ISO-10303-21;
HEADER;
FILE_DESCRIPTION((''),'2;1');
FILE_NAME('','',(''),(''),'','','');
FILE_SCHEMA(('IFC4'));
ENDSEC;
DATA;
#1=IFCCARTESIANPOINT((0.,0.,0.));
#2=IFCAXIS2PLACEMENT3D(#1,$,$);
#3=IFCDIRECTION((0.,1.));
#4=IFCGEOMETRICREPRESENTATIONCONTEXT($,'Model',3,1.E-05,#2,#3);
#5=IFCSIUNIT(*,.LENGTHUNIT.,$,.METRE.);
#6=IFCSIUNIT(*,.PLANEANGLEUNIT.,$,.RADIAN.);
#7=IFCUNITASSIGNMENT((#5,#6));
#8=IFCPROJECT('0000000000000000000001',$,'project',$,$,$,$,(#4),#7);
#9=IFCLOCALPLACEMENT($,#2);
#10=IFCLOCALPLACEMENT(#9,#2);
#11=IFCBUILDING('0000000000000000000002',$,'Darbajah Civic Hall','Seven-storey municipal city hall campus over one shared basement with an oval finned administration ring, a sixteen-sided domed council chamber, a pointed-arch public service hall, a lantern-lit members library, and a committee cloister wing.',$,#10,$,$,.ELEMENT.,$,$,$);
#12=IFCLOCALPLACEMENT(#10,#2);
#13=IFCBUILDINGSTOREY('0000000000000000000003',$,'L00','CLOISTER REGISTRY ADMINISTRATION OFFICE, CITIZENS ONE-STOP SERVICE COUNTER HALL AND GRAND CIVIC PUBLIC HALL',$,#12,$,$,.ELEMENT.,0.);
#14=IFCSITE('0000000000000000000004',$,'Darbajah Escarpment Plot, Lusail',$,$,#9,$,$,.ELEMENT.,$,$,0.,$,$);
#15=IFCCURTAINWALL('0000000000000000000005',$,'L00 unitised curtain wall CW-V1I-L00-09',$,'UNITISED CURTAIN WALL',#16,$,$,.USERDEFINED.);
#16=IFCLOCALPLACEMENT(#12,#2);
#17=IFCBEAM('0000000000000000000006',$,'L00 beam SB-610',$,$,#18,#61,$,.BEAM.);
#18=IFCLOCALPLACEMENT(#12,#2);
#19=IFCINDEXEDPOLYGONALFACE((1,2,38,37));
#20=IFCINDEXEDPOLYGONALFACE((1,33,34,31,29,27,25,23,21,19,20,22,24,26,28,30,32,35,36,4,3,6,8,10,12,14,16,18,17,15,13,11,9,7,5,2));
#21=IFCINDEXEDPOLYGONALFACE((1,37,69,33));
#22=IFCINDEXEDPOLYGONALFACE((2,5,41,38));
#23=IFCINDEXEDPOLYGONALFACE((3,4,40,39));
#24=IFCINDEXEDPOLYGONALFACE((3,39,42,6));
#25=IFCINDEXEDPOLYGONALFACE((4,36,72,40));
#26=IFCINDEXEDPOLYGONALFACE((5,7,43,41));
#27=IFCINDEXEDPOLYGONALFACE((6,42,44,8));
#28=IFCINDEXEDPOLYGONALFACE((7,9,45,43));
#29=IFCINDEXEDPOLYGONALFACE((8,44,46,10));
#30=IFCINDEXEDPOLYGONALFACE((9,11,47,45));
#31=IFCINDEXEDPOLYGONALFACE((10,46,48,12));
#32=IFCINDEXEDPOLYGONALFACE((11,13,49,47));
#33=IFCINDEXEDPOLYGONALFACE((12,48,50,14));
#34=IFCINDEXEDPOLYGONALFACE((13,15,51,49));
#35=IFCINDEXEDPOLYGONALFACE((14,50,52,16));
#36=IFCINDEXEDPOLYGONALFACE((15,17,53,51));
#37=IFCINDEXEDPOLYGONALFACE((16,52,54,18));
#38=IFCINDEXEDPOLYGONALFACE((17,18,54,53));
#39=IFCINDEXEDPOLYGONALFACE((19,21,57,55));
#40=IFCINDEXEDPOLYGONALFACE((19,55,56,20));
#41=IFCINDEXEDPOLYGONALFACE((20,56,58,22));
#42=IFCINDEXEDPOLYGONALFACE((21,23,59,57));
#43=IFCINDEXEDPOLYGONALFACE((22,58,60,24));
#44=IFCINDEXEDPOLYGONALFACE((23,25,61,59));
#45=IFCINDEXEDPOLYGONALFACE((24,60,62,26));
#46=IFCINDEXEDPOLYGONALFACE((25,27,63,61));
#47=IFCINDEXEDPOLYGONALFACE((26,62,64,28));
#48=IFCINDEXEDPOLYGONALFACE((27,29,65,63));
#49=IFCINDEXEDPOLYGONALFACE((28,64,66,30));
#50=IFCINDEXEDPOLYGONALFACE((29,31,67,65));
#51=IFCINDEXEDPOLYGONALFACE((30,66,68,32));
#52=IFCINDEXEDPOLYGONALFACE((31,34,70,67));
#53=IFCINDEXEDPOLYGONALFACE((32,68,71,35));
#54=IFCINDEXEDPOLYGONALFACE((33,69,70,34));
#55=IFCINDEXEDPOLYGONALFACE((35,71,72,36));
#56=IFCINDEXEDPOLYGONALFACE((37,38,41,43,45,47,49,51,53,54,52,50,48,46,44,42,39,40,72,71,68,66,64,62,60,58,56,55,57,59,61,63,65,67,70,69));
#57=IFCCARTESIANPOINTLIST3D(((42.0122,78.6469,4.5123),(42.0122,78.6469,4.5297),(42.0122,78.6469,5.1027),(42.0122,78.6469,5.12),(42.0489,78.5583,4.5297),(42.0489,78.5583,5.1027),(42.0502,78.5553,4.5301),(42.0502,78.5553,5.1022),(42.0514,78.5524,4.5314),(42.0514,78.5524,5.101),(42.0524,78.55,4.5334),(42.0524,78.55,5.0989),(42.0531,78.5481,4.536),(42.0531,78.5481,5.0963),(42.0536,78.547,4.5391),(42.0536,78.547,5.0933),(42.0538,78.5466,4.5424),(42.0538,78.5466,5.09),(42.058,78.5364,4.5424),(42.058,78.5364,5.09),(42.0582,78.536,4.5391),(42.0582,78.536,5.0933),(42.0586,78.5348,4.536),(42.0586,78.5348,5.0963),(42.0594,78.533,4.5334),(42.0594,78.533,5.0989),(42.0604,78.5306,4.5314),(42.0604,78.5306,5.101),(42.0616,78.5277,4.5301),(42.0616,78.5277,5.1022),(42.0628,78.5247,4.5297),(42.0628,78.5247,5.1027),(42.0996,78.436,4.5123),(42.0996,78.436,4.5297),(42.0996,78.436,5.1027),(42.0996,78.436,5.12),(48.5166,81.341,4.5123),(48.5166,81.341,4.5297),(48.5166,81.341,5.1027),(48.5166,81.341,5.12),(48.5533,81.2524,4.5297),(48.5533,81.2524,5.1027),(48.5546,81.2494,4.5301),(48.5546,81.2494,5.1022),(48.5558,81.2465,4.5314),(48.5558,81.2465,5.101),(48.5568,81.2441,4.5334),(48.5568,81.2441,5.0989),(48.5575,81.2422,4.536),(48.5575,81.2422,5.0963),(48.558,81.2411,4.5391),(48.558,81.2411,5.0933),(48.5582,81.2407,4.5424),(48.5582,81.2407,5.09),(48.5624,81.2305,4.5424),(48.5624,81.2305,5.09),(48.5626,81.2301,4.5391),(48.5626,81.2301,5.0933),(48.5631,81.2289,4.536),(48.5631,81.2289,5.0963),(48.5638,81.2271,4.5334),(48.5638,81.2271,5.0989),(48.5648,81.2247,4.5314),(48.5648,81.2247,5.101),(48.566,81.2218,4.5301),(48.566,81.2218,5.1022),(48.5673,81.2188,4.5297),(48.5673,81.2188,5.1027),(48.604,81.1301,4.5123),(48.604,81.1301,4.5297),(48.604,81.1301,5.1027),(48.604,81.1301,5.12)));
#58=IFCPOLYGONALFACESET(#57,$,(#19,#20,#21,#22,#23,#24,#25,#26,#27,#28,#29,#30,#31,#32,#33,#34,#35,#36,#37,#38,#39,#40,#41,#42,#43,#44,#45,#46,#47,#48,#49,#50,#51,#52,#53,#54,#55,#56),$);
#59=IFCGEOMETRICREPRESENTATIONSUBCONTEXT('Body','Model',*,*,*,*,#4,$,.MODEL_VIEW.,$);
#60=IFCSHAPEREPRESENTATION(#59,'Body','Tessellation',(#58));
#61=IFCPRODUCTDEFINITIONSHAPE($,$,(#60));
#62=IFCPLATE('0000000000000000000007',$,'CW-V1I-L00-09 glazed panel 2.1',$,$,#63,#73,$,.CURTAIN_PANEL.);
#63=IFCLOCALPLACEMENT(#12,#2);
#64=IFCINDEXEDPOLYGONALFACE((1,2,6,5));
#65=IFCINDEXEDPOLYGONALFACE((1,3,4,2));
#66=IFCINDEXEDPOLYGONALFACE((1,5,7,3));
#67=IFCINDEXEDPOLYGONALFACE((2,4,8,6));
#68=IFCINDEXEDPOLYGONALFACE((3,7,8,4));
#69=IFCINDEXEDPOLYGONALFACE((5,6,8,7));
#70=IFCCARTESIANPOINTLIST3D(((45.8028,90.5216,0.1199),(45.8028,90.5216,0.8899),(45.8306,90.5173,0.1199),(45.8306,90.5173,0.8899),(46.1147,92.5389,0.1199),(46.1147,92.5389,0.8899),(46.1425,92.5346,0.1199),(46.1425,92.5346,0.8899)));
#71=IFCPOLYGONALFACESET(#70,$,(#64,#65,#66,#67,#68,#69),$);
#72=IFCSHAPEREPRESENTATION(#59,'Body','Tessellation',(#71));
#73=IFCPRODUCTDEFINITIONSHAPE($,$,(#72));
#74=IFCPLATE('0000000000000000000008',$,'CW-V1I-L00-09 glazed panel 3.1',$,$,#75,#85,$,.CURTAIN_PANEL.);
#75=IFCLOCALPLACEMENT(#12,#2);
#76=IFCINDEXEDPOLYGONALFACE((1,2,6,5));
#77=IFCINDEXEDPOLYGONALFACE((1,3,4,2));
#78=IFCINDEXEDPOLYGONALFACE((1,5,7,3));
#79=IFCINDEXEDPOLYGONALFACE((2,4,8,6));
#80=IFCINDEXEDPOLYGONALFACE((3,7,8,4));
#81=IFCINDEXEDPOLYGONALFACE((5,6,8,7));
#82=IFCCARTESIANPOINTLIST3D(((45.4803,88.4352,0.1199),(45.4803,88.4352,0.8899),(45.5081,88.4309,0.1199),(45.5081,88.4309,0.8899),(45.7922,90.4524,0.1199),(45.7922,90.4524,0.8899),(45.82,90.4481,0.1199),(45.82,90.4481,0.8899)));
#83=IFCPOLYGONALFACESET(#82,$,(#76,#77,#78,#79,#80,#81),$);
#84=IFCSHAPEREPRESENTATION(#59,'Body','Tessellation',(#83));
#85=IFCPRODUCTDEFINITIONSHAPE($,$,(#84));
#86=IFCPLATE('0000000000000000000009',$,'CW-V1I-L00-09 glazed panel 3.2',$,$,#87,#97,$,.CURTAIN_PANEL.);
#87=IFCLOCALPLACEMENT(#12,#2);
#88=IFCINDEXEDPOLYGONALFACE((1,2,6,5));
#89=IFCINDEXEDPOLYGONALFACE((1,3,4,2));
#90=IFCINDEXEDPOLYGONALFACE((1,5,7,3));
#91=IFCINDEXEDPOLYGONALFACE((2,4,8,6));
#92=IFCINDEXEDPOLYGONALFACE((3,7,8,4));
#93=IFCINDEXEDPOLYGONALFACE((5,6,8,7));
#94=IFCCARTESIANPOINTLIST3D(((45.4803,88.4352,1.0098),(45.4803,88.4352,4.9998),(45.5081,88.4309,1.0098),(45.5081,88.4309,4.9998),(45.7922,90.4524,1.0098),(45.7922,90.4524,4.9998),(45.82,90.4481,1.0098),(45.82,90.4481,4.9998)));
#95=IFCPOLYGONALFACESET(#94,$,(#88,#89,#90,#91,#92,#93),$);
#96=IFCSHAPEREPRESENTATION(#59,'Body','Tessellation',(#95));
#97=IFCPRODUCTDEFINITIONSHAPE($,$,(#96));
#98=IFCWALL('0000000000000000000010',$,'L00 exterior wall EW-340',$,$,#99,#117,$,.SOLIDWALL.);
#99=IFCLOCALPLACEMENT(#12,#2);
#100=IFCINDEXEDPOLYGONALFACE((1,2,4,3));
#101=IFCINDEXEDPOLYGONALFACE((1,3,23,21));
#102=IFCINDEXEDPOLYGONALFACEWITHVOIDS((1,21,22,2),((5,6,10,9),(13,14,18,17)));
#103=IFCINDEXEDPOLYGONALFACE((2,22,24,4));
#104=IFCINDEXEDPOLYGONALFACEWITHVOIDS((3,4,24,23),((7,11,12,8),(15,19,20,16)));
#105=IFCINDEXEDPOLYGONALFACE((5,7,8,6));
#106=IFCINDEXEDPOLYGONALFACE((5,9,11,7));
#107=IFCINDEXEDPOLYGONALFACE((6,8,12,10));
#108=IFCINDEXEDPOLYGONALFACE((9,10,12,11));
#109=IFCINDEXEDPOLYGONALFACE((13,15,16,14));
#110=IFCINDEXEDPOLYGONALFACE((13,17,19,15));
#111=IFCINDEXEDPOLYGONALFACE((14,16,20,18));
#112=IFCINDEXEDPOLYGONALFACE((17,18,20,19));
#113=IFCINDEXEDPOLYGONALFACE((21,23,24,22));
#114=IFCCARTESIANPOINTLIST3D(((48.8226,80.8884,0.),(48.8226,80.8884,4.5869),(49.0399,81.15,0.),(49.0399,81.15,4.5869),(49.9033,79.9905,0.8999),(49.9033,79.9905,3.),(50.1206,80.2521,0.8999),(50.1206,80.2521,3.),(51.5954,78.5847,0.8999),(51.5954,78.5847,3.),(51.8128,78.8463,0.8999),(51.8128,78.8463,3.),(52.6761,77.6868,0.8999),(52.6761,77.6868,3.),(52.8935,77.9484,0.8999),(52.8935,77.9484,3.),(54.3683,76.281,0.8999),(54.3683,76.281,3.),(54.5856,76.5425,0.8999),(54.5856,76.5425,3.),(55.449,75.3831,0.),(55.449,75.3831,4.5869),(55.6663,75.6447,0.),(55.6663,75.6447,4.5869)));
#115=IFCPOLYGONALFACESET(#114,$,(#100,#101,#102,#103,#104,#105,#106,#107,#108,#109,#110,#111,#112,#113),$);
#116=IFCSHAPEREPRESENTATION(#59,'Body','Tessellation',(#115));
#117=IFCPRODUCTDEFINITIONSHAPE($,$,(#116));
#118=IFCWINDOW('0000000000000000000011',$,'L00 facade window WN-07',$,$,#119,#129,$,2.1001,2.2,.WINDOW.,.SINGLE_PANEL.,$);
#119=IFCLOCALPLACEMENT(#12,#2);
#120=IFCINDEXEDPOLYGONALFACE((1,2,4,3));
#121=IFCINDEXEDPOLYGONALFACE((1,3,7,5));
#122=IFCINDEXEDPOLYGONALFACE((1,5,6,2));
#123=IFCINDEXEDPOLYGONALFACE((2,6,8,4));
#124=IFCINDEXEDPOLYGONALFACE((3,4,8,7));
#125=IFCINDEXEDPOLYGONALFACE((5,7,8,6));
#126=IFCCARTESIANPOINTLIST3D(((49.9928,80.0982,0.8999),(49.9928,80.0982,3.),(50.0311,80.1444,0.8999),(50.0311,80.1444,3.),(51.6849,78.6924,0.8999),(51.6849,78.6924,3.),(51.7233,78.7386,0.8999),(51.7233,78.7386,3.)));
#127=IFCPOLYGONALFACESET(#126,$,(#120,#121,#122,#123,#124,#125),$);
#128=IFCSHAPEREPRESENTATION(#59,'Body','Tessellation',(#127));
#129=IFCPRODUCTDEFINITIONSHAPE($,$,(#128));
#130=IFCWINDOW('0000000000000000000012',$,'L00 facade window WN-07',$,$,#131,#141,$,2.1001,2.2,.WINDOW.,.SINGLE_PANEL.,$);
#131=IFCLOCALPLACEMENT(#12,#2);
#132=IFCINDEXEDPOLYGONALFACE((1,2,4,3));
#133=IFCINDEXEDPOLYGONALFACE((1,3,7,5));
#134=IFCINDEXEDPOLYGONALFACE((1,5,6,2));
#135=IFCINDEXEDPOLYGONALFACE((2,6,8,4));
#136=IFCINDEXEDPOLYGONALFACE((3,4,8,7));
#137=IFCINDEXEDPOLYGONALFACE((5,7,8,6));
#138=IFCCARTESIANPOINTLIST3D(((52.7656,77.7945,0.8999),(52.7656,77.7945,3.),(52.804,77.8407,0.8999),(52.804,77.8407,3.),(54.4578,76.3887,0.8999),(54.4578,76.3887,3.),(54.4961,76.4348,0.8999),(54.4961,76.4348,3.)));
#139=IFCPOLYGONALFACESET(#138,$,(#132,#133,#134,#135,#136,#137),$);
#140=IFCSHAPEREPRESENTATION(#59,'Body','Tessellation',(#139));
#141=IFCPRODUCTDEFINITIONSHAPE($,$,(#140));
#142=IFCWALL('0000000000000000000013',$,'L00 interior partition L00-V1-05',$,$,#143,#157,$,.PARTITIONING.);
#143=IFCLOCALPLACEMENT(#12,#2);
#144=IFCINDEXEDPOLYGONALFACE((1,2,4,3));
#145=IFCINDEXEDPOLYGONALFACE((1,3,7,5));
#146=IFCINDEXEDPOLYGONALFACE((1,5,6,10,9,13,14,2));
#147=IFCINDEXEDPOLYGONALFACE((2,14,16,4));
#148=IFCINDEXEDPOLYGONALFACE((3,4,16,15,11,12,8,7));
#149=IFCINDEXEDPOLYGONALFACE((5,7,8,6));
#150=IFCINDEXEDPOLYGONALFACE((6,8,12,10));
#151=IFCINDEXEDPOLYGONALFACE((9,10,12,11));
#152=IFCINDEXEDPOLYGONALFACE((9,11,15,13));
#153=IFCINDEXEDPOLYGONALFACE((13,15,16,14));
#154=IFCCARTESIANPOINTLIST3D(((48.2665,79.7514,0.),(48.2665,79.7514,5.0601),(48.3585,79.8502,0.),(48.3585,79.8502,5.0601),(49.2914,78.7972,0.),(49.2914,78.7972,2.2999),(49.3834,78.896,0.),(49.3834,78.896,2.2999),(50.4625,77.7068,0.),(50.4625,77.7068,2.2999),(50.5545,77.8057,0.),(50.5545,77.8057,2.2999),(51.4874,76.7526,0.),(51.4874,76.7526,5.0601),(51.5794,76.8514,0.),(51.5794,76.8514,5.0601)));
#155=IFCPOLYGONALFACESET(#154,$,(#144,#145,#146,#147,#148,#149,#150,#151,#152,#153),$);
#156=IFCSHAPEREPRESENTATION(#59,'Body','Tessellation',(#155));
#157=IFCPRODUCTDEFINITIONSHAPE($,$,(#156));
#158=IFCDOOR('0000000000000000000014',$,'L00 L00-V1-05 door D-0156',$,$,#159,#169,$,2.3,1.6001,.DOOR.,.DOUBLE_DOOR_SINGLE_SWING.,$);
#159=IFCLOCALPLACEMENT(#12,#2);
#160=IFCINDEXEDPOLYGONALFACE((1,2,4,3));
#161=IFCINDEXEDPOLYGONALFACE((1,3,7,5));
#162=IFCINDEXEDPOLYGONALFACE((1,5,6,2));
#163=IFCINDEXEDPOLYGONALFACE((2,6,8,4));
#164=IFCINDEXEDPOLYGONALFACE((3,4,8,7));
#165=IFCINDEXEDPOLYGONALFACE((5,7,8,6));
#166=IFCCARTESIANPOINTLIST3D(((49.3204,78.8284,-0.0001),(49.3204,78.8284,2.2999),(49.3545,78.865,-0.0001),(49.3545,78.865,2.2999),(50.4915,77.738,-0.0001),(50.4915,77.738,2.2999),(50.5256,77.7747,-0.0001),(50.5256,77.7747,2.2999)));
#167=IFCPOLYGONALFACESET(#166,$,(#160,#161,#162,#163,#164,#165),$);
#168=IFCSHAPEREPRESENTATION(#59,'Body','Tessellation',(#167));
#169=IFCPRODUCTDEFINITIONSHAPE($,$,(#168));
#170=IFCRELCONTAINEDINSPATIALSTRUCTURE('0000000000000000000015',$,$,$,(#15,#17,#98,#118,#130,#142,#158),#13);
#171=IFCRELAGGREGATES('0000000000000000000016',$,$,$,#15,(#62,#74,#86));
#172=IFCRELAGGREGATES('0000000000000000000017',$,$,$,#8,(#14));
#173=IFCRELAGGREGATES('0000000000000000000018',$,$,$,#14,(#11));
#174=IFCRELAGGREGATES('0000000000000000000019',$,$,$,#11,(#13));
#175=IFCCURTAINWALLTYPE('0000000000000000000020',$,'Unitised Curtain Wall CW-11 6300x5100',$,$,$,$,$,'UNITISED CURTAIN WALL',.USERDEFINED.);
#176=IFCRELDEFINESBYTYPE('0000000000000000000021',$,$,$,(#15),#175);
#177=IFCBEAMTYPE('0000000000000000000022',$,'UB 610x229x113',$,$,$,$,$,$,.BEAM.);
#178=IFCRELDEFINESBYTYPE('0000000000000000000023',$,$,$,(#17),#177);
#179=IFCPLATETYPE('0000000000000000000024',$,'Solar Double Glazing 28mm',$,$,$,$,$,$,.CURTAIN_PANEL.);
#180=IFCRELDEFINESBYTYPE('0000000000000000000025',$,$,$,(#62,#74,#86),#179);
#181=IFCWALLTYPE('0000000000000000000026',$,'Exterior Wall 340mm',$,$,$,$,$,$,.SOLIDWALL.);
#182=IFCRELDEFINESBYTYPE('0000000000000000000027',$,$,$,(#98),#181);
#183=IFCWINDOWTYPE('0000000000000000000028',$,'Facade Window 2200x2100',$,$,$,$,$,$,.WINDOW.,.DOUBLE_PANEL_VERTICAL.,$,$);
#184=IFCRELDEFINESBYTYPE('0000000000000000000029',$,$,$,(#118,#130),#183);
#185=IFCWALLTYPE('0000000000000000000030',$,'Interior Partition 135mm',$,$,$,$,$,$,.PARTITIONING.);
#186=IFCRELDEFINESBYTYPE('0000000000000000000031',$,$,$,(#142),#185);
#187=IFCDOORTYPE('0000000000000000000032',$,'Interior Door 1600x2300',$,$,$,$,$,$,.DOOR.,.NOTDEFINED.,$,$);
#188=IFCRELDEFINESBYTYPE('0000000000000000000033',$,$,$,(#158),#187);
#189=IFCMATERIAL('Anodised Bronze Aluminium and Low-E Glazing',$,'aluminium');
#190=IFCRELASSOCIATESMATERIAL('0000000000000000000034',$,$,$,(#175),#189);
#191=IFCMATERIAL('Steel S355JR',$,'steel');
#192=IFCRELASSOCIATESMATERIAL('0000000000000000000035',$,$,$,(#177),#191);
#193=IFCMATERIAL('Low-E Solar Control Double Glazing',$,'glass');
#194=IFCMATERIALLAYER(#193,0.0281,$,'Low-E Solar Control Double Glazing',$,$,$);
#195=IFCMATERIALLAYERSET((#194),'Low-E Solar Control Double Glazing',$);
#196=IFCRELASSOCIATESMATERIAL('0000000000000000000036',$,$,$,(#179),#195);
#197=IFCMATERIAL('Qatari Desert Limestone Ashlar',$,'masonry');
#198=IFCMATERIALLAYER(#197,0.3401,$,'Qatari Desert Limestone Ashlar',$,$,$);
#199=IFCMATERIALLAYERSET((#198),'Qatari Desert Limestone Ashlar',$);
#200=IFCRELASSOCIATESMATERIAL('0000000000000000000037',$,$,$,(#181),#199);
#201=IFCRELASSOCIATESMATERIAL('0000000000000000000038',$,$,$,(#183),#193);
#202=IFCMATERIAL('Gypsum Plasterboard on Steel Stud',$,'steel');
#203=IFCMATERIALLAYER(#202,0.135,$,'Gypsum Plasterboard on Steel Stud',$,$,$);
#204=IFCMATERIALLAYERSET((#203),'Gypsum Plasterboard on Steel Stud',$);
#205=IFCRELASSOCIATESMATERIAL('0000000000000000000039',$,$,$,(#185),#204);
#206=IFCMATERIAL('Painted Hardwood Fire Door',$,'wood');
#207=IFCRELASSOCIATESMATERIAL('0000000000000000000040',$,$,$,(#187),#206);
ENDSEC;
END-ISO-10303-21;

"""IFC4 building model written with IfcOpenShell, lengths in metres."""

from ifc_helpers import new_model, si_unit, direction, frame, frame_2d, origin, origin_2d, place, context, subcontext, project, spatial, rectangle, i_section, extrude, material, layer, layer_set, material_profile, profile_set, type_object, element, fill, aggregate, save


model = new_model("IFC4")

# Units and contexts
model_context = context("Model", 3, precision=1e-05, world=origin(), true_north=direction((0.0, 1.0)))
body_context = subcontext(model_context, "Body", "Model", "MODEL_VIEW")
ifc_project = project(units=[si_unit("LENGTHUNIT", "METRE"), si_unit("PLANEANGLEUNIT", "RADIAN")], contexts=[model_context])

# Site, building, storey
site_placement = place(None, origin())
site = spatial("IfcSite", under=ifc_project, at=site_placement, Name="Darbajah Escarpment Plot, Lusail", CompositionType="ELEMENT", RefElevation=0.0)
building_placement = place(site_placement, origin())
building = spatial("IfcBuilding", under=site, at=building_placement, Name="Darbajah Civic Hall", Description="Seven-storey municipal city hall campus over one shared basement with an oval finned administration ring, a sixteen-sided domed council chamber, a pointed-arch public service hall, a lantern-lit members library, and a committee cloister wing.", CompositionType="ELEMENT")
storey_placement = place(building_placement, origin())
storey = spatial("IfcBuildingStorey", under=building, at=storey_placement, Name="L00", Description="CLOISTER REGISTRY ADMINISTRATION OFFICE, CITIZENS ONE-STOP SERVICE COUNTER HALL AND GRAND CIVIC PUBLIC HALL", CompositionType="ELEMENT", Elevation=0.0)

# Curtain wall
ifc_material_1 = material(Name="Anodised Bronze Aluminium and Low-E Glazing", Category="aluminium")
curtain_wall_type = type_object("IfcCurtainWallType", Name="Unitised Curtain Wall CW-11 6300x5100", ElementType="UNITISED CURTAIN WALL", PredefinedType="USERDEFINED", material=ifc_material_1)
curtain_wall_placement = place(storey_placement, origin())
curtain_wall = element("IfcCurtainWall", 1, at=curtain_wall_placement, inside=storey, type_object=curtain_wall_type, Name="L00 unitised curtain wall CW-V1I-L00-09", ObjectType="UNITISED CURTAIN WALL", PredefinedType="USERDEFINED")

# Beam
ifc_material_2 = material(Name="Steel S355JR", Category="steel")
ifc_material_profile_1 = material_profile(ifc_material_2, i_section(OverallWidth=0.2283, OverallDepth=0.6077, WebThickness=0.011, FlangeThickness=0.0173, FilletRadius=0.0127, at=origin_2d()), Name="UB 610x229x113")
ifc_profile_set_1 = profile_set([ifc_material_profile_1], Name="Steel S355JR")
beam_type_1 = type_object("IfcBeamType", Name="UB 610x229x113", PredefinedType="BEAM", material=ifc_profile_set_1)
beam_1_placement = place(storey_placement, frame((48.5603, 81.2356, 4.8162), z_axis=(-0.923885, -0.382669, 0.0), x_axis=(0.382669, -0.923885, 0.0)))
element("IfcBeam", 2, at=beam_1_placement, inside=storey, type_object=beam_type_1, Name="L00 beam SB-610", PredefinedType="BEAM", context=body_context, shape_type="SweptSolid", body=[
    extrude(i_section(OverallWidth=0.2283, OverallDepth=0.6077, WebThickness=0.011, FlangeThickness=0.0173, FilletRadius=0.0127, at=origin_2d()), origin(), (0.0, 0.0, 1.0), 7.0403),
])

# Plates
ifc_material_3 = material(Name="Low-E Solar Control Double Glazing", Category="glass")
ifc_layer_1 = layer(ifc_material_3, 0.0281, Name="Low-E Solar Control Double Glazing")
ifc_layer_set_1 = layer_set([ifc_layer_1], Name="Low-E Solar Control Double Glazing")
plate_type = type_object("IfcPlateType", Name="Solar Double Glazing 28mm", PredefinedType="CURTAIN_PANEL", material=ifc_layer_set_1)
plate_1_placement = place(storey_placement, frame((45.9727, 91.5281, 0.1199), z_axis=(0.0, 0.0, 1.0), x_axis=(-0.152813, -0.988255, 0.0)))
plate_1 = element("IfcPlate", 3, at=plate_1_placement, type_object=plate_type, Name="CW-V1I-L00-09 glazed panel 2.1", PredefinedType="CURTAIN_PANEL", context=body_context, shape_type="SweptSolid", body=[
    extrude(rectangle(XDim=2.0413, YDim=0.0281, at=origin_2d()), origin(), (0.0, 0.0, 1.0), 0.77),
])
plate_2_placement = place(storey_placement, frame((45.6501, 89.4417, 0.1199), z_axis=(0.0, 0.0, 1.0), x_axis=(-0.152813, -0.988255, 0.0)))
plate_2 = element("IfcPlate", 4, at=plate_2_placement, type_object=plate_type, Name="CW-V1I-L00-09 glazed panel 3.1", PredefinedType="CURTAIN_PANEL", context=body_context, shape_type="SweptSolid", body=[
    extrude(rectangle(XDim=2.0413, YDim=0.0281, at=origin_2d()), origin(), (0.0, 0.0, 1.0), 0.77),
])
plate_3_placement = place(storey_placement, frame((45.6501, 89.4417, 1.0098), z_axis=(0.0, 0.0, 1.0), x_axis=(-0.152813, -0.988255, 0.0)))
plate_3 = element("IfcPlate", 5, at=plate_3_placement, type_object=plate_type, Name="CW-V1I-L00-09 glazed panel 3.2", PredefinedType="CURTAIN_PANEL", context=body_context, shape_type="SweptSolid", body=[
    extrude(rectangle(XDim=2.0413, YDim=0.0281, at=origin_2d()), origin(), (0.0, 0.0, 1.0), 3.99),
])
aggregate(curtain_wall, [plate_1, plate_2, plate_3])

# Wall, openings, windows
ifc_material_4 = material(Name="Qatari Desert Limestone Ashlar", Category="masonry")
ifc_layer_2 = layer(ifc_material_4, 0.3401, Name="Qatari Desert Limestone Ashlar")
ifc_layer_set_2 = layer_set([ifc_layer_2], Name="Qatari Desert Limestone Ashlar")
wall_type_1 = type_object("IfcWallType", Name="Exterior Wall 340mm", PredefinedType="SOLIDWALL", material=ifc_layer_set_2)
wall_1_placement = place(storey_placement, frame((48.9312, 81.0193, 0.0), z_axis=(0.0, 0.0, 1.0), x_axis=(0.769173, -0.639041, 0.0)))
wall_1 = element("IfcWall", 6, at=wall_1_placement, inside=storey, type_object=wall_type_1, Name="L00 exterior wall EW-340", PredefinedType="SOLIDWALL", context=body_context, shape_type="SweptSolid", body=[
    extrude(rectangle(XDim=8.615, YDim=0.3401, at=frame_2d((4.3076, 0.0))), origin(), (0.0, 0.0, 1.0), 4.5869),
])
opening_1_placement = place(wall_1_placement, frame((1.405, 0.0, 0.8999)))
opening_1 = element("IfcOpeningElement", 7, at=opening_1_placement, cuts=wall_1, PredefinedType="OPENING", context=body_context, shape_type="SweptSolid", body=[
    extrude(rectangle(XDim=2.2, YDim=2.1001, at=frame_2d((1.1001, 1.05))), frame((0.0, 0.1799, 0.0), z_axis=(0.0, -1.0, 0.0), x_axis=(1.0, 0.0, 0.0)), (0.0, 0.0, 1.0), 0.3601),
])
opening_2_placement = place(wall_1_placement, frame((5.01, 0.0, 0.8999)))
opening_2 = element("IfcOpeningElement", 8, at=opening_2_placement, cuts=wall_1, PredefinedType="OPENING", context=body_context, shape_type="SweptSolid", body=[
    extrude(rectangle(XDim=2.2, YDim=2.1001, at=frame_2d((1.1001, 1.05))), frame((0.0, 0.1799, 0.0), z_axis=(0.0, -1.0, 0.0), x_axis=(1.0, 0.0, 0.0)), (0.0, 0.0, 1.0), 0.3601),
])
window_type = type_object("IfcWindowType", Name="Facade Window 2200x2100", PartitioningType="DOUBLE_PANEL_VERTICAL", PredefinedType="WINDOW", material=ifc_material_3)
window_1_placement = place(opening_1_placement, origin())
window_1 = element("IfcWindow", 9, at=window_1_placement, inside=storey, type_object=window_type, Name="L00 facade window WN-07", OverallHeight=2.1001, OverallWidth=2.2, PartitioningType="SINGLE_PANEL", PredefinedType="WINDOW", context=body_context, shape_type="SweptSolid", body=[
    extrude(rectangle(XDim=2.2, YDim=2.1001, at=frame_2d((1.1001, 1.05))), frame((0.0, 0.03, 0.0), z_axis=(0.0, -1.0, 0.0), x_axis=(1.0, 0.0, 0.0)), (0.0, 0.0, 1.0), 0.0601),
])
fill(opening_1, window_1)
window_2_placement = place(opening_2_placement, origin())
window_2 = element("IfcWindow", 10, at=window_2_placement, inside=storey, type_object=window_type, Name="L00 facade window WN-07", OverallHeight=2.1001, OverallWidth=2.2, PartitioningType="SINGLE_PANEL", PredefinedType="WINDOW", context=body_context, shape_type="SweptSolid", body=[
    extrude(rectangle(XDim=2.2, YDim=2.1001, at=frame_2d((1.1001, 1.05))), frame((0.0, 0.03, 0.0), z_axis=(0.0, -1.0, 0.0), x_axis=(1.0, 0.0, 0.0)), (0.0, 0.0, 1.0), 0.0601),
])
fill(opening_2, window_2)

# Wall, opening, door
ifc_material_5 = material(Name="Gypsum Plasterboard on Steel Stud", Category="steel")
ifc_layer_3 = layer(ifc_material_5, 0.135, Name="Gypsum Plasterboard on Steel Stud")
ifc_layer_set_3 = layer_set([ifc_layer_3], Name="Gypsum Plasterboard on Steel Stud")
wall_type_2 = type_object("IfcWallType", Name="Interior Partition 135mm", PredefinedType="PARTITIONING", material=ifc_layer_set_3)
wall_2_placement = place(storey_placement, frame((51.5334, 76.802, 0.0), z_axis=(0.0, 0.0, 1.0), x_axis=(-0.731898, 0.681414, 0.0)))
wall_2 = element("IfcWall", 11, at=wall_2_placement, inside=storey, type_object=wall_type_2, Name="L00 interior partition L00-V1-05", PredefinedType="PARTITIONING", context=body_context, shape_type="SweptSolid", body=[
    extrude(rectangle(XDim=4.4009, YDim=0.135, at=frame_2d((2.2004, 0.0))), origin(), (0.0, 0.0, 1.0), 5.0601),
])
opening_3_placement = place(wall_2_placement, frame((1.4004, 0.0, 0.0)))
opening_3 = element("IfcOpeningElement", 12, at=opening_3_placement, cuts=wall_2, PredefinedType="OPENING", context=body_context, shape_type="SweptSolid", body=[
    extrude(rectangle(XDim=1.6001, YDim=2.3, at=frame_2d((0.8, 1.1499))), frame((0.0, 0.0774, 0.0), z_axis=(0.0, -1.0, 0.0), x_axis=(1.0, 0.0, 0.0)), (0.0, 0.0, 1.0), 0.155),
])
ifc_material_6 = material(Name="Painted Hardwood Fire Door", Category="wood")
door_type = type_object("IfcDoorType", Name="Interior Door 1600x2300", OperationType="NOTDEFINED", PredefinedType="DOOR", material=ifc_material_6)
door_placement = place(opening_3_placement, origin())
door = element("IfcDoor", 13, at=door_placement, inside=storey, type_object=door_type, Name="L00 L00-V1-05 door D-0156", OperationType="DOUBLE_DOOR_SINGLE_SWING", OverallHeight=2.3, OverallWidth=1.6001, PredefinedType="DOOR", context=body_context, shape_type="SweptSolid", body=[
    extrude(rectangle(XDim=1.6001, YDim=2.3, at=frame_2d((0.8, 1.1499))), frame((0.0, 0.0249, 0.0), z_axis=(0.0, -1.0, 0.0), x_axis=(1.0, 0.0, 0.0)), (0.0, 0.0, 1.0), 0.05),
])
fill(opening_3, door)

save(model, "model.ifc")
